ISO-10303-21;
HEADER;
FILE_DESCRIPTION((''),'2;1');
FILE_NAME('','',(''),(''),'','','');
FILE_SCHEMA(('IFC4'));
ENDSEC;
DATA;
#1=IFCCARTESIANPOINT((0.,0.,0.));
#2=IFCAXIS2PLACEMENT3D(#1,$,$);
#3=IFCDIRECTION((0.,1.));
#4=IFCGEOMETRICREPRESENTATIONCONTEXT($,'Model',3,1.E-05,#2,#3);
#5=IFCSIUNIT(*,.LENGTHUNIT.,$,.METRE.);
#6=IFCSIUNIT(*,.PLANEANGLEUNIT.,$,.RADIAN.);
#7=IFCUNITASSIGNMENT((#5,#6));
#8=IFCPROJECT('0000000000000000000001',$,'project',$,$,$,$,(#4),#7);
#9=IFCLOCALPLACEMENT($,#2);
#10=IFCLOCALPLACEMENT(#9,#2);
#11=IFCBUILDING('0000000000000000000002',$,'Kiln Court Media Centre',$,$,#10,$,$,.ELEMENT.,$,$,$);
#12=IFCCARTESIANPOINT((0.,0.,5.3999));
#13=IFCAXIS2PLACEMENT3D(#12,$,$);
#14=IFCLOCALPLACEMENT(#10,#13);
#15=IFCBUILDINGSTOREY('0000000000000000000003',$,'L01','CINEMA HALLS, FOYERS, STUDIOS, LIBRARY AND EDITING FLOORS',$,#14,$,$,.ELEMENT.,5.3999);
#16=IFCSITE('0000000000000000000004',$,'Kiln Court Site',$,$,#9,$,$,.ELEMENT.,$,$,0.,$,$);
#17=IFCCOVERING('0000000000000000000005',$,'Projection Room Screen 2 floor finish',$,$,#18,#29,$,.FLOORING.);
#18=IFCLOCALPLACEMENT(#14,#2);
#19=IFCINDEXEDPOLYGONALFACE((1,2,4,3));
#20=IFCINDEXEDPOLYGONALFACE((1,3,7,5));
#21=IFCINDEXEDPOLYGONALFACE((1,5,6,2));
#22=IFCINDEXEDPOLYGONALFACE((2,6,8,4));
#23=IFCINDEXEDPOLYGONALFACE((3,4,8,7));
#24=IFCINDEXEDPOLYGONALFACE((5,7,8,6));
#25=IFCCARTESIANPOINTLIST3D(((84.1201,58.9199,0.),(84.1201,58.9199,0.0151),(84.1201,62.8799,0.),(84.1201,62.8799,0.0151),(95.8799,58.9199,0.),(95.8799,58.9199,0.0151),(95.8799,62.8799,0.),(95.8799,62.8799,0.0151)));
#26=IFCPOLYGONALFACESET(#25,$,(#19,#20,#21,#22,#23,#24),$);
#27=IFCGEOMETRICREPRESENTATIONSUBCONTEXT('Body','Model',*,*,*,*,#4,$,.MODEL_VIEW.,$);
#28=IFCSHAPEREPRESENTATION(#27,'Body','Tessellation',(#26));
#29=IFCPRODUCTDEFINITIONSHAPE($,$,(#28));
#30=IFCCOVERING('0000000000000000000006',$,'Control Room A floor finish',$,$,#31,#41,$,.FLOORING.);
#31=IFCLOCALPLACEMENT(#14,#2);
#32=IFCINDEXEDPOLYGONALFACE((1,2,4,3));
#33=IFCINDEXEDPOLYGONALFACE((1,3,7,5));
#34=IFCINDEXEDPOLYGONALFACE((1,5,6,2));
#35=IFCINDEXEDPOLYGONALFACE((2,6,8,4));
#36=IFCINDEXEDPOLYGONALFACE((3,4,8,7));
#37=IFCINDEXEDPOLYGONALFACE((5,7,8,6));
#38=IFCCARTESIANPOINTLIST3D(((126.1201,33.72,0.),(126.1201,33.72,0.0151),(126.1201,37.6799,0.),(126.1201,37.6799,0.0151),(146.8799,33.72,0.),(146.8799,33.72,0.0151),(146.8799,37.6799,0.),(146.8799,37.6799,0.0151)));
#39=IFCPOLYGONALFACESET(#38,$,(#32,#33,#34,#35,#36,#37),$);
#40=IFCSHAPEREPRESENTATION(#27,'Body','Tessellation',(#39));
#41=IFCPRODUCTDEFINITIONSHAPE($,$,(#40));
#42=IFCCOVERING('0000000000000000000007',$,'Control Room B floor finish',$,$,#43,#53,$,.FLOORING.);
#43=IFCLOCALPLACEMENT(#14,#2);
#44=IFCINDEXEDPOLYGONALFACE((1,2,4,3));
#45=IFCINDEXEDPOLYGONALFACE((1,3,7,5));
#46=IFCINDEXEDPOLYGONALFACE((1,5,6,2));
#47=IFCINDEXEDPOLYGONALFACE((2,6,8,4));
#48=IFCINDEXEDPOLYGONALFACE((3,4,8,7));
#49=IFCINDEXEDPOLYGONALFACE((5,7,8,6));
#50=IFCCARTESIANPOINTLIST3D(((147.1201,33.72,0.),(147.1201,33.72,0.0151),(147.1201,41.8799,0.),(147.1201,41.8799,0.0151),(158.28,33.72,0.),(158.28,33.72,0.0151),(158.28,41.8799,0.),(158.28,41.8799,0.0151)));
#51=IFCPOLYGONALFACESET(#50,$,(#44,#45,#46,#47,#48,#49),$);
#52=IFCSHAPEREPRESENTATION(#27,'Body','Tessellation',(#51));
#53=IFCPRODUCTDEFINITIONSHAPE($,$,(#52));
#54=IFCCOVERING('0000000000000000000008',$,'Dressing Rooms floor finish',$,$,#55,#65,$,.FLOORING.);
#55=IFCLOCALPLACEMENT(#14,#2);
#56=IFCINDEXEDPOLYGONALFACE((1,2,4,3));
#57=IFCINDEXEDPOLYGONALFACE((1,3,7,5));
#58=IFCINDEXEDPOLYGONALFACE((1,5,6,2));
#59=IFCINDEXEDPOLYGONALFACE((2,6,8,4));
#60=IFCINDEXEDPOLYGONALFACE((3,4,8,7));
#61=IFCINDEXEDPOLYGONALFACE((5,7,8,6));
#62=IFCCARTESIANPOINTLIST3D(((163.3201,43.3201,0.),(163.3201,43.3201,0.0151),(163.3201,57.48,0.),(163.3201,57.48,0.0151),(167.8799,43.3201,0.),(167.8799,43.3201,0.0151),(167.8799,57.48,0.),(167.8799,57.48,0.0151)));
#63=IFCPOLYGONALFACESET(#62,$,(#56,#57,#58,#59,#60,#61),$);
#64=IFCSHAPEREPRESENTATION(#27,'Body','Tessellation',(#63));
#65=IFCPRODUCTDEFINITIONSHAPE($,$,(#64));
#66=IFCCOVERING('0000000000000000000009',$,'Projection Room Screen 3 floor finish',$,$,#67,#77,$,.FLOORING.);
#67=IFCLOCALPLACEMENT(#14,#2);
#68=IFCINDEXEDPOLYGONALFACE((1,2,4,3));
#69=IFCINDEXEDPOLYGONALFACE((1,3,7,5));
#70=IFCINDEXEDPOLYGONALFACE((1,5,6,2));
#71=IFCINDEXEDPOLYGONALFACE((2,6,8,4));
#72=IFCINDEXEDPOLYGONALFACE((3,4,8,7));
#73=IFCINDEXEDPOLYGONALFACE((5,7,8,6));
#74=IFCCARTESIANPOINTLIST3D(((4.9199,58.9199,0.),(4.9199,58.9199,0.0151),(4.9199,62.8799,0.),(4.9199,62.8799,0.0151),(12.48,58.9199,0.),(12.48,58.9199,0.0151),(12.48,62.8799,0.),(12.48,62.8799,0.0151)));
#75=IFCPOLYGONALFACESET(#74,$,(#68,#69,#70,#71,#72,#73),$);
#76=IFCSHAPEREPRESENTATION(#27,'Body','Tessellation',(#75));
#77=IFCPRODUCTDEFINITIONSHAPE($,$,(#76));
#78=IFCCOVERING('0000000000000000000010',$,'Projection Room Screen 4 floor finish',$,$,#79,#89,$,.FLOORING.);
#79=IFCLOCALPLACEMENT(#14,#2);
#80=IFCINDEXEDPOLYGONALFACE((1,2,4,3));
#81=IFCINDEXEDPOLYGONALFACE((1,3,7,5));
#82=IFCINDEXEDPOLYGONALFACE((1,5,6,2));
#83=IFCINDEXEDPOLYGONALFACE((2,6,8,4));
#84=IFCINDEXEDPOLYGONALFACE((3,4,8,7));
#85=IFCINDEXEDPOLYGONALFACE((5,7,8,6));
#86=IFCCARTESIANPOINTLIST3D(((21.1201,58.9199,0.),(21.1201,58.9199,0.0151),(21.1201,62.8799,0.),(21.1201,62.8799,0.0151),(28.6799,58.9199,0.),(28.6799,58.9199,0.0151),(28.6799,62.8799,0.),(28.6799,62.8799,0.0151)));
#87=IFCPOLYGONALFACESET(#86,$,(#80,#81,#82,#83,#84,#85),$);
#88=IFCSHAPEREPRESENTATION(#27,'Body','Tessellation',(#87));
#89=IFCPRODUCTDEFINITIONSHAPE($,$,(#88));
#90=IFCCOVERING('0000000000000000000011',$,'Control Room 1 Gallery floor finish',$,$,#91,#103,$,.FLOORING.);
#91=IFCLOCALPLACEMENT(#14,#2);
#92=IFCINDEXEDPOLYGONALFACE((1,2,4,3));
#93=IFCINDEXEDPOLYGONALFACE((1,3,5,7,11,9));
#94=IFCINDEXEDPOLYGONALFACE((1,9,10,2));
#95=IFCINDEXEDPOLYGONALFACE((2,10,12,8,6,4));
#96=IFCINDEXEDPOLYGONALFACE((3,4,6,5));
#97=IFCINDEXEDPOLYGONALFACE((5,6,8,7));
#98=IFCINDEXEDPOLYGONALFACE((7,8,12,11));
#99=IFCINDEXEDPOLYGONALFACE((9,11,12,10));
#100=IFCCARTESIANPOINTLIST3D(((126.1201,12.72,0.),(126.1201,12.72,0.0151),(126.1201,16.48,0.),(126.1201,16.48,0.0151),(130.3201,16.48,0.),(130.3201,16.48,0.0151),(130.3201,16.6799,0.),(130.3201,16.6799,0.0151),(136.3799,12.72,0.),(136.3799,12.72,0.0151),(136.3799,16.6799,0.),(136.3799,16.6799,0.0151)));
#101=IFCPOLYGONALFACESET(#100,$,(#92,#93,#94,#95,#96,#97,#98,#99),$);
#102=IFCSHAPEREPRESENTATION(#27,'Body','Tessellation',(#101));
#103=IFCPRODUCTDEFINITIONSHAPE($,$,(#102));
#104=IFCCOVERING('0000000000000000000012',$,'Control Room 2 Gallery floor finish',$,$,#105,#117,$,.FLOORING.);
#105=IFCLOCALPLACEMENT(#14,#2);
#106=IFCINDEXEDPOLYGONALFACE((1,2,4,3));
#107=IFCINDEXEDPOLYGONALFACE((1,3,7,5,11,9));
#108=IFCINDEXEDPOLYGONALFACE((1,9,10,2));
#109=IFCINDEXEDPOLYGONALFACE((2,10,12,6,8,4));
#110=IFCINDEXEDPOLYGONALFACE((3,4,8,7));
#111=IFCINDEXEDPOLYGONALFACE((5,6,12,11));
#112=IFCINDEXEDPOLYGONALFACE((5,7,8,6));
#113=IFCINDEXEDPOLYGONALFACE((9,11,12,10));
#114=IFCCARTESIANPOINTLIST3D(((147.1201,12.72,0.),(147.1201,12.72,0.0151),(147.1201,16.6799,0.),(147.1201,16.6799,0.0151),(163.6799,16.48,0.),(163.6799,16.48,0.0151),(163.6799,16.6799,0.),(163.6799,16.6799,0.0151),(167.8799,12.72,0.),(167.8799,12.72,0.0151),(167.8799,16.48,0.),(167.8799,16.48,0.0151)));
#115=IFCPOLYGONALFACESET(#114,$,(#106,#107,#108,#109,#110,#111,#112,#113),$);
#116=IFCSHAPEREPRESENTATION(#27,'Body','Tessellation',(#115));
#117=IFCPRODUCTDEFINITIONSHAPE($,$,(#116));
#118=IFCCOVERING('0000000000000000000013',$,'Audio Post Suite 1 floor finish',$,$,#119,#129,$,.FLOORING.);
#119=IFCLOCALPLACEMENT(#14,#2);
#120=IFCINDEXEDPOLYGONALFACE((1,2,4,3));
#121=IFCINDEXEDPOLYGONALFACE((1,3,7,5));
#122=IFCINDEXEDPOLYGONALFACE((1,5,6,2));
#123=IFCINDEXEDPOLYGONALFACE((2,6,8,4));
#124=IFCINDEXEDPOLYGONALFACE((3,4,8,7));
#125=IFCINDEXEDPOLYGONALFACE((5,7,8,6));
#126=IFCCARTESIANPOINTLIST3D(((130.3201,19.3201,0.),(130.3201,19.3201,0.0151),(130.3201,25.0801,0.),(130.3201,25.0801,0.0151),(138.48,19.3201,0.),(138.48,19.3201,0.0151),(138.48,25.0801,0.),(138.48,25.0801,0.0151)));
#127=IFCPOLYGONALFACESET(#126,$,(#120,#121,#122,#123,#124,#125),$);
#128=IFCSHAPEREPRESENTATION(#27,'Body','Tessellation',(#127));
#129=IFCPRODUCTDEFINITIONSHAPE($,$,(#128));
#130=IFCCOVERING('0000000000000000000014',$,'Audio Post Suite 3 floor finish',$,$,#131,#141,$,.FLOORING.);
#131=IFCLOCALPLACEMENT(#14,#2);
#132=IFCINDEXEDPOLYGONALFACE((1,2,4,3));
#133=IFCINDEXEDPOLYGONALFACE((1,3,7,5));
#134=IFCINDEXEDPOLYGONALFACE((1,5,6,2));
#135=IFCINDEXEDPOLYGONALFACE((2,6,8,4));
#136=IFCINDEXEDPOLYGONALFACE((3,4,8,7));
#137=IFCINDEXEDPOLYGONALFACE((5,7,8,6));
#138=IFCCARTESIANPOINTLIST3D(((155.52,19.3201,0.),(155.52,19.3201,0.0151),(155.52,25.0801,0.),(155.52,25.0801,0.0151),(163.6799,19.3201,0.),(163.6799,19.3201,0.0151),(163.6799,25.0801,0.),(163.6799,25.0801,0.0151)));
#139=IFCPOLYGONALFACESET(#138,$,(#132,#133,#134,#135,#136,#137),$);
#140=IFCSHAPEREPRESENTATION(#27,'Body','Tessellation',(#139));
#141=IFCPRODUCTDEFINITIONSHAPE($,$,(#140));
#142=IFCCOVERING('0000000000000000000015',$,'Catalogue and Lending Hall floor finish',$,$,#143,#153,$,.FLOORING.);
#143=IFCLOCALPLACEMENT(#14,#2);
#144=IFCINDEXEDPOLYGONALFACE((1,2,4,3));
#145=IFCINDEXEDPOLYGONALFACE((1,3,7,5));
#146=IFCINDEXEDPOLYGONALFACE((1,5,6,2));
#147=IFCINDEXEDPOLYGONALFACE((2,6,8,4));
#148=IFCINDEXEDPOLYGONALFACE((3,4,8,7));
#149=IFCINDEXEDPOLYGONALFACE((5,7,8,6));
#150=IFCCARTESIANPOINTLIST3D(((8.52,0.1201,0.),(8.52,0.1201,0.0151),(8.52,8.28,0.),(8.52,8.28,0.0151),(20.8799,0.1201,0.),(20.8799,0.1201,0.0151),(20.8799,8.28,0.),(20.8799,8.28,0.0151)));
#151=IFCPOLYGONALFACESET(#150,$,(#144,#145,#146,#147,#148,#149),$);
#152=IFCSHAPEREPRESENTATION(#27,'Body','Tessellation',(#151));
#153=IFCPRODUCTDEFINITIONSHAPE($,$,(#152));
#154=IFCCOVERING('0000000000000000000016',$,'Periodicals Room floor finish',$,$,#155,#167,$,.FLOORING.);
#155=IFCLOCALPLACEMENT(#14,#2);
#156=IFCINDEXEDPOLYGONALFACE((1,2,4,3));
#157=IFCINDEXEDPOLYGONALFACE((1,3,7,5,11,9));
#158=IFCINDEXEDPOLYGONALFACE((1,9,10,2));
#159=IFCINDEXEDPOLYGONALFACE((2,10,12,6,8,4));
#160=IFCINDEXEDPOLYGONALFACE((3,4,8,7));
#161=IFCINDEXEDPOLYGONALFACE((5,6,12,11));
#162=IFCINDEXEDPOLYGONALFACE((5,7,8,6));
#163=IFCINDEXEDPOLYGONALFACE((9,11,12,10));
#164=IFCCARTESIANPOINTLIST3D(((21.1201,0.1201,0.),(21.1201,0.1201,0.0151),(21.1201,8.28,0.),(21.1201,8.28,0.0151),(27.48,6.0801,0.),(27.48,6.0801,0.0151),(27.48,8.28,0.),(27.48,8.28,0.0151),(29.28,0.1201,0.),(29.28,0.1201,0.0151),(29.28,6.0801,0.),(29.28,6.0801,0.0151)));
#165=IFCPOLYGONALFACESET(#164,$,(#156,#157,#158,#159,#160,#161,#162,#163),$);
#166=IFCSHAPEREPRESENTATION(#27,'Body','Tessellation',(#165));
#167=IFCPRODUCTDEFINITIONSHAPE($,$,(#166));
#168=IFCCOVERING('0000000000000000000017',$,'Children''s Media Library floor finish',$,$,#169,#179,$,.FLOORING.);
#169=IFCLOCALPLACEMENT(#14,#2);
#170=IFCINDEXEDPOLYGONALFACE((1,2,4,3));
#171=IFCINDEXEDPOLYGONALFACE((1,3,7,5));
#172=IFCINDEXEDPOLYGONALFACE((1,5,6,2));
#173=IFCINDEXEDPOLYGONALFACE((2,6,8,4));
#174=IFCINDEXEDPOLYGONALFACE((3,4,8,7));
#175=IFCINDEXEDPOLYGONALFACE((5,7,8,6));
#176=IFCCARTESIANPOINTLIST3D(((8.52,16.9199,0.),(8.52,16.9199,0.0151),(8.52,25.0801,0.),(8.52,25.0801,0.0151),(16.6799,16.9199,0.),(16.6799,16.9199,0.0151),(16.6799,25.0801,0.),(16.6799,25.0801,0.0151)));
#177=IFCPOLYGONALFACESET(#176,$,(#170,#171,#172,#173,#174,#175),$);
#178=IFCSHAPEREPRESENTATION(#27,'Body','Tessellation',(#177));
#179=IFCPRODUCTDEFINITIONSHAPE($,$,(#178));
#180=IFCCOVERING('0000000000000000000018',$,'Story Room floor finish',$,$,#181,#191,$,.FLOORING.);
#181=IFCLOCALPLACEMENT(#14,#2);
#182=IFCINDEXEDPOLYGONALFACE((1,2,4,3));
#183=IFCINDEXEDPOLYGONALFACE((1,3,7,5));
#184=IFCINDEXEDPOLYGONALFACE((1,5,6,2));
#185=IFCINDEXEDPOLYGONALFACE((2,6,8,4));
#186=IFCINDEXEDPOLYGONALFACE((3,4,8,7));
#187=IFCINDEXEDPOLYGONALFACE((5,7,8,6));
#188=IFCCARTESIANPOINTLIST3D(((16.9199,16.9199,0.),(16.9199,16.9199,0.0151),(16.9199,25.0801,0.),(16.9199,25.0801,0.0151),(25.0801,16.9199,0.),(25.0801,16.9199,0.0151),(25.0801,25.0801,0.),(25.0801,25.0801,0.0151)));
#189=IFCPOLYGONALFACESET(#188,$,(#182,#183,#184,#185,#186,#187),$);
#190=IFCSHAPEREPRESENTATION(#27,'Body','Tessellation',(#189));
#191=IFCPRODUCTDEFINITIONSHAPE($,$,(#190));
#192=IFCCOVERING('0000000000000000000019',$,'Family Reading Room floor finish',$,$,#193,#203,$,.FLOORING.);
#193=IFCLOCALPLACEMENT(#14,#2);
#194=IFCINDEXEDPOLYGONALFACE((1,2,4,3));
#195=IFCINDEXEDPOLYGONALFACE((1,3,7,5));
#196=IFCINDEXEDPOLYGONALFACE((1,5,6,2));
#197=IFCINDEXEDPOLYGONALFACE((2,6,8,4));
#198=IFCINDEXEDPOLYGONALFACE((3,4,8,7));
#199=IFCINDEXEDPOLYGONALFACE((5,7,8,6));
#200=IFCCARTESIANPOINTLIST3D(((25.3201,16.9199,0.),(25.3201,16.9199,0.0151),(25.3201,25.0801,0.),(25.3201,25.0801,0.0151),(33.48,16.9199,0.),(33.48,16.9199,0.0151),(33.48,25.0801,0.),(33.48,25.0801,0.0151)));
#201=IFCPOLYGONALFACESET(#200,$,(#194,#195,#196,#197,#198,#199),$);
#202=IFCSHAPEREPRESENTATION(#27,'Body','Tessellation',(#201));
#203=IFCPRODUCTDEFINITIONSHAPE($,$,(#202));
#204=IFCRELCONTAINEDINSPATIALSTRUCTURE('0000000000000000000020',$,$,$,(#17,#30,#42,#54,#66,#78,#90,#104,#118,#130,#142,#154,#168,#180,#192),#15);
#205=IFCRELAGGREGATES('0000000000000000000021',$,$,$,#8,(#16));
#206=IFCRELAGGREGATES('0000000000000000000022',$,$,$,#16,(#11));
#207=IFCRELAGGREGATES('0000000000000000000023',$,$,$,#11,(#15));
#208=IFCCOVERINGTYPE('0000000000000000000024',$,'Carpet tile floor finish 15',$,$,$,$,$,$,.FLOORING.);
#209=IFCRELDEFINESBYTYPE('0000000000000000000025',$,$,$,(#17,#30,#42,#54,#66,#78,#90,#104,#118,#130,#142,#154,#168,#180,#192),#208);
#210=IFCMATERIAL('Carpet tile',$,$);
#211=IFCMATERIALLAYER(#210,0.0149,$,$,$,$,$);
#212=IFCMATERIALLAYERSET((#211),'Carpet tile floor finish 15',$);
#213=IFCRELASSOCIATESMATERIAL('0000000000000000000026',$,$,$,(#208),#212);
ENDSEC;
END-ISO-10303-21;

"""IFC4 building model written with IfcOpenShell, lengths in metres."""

from ifc_helpers import new_model, si_unit, direction, frame, origin, place, context, subcontext, project, spatial, polyline, outline, extrude, material, layer, layer_set, type_object, element, save


model = new_model("IFC4")

# Units and contexts
model_context = context("Model", 3, precision=1e-05, world=origin(), true_north=direction((0.0, 1.0)))
body_context = subcontext(model_context, "Body", "Model", "MODEL_VIEW")
ifc_project = project(units=[si_unit("LENGTHUNIT", "METRE"), si_unit("PLANEANGLEUNIT", "RADIAN")], contexts=[model_context])

# Site, building, storey
site_placement = place(None, origin())
site = spatial("IfcSite", under=ifc_project, at=site_placement, Name="Kiln Court Site", CompositionType="ELEMENT", RefElevation=0.0)
building_placement = place(site_placement, origin())
building = spatial("IfcBuilding", under=site, at=building_placement, Name="Kiln Court Media Centre", CompositionType="ELEMENT")
storey_placement = place(building_placement, frame((0.0, 0.0, 5.3999)))
storey = spatial("IfcBuildingStorey", under=building, at=storey_placement, Name="L01", Description="CINEMA HALLS, FOYERS, STUDIOS, LIBRARY AND EDITING FLOORS", CompositionType="ELEMENT", Elevation=5.3999)

# Coverings
ifc_material_1 = material(Name="Carpet tile")
ifc_layer_1 = layer(ifc_material_1, 0.0149)
ifc_layer_set_1 = layer_set([ifc_layer_1], Name="Carpet tile floor finish 15")
covering_type_1 = type_object("IfcCoveringType", Name="Carpet tile floor finish 15", PredefinedType="FLOORING", material=ifc_layer_set_1)
covering_1_placement = place(storey_placement, origin())
element("IfcCovering", 1, at=covering_1_placement, inside=storey, type_object=covering_type_1, Name="Projection Room Screen 2 floor finish", PredefinedType="FLOORING", context=body_context, shape_type="SweptSolid", body=[
    extrude(outline(polyline([(84.1201, 58.9199), (95.8799, 58.9199), (95.8799, 62.8799), (84.1201, 62.8799), (84.1201, 58.9199)])), origin(), (0.0, 0.0, 1.0), 0.0151),
])
covering_2_placement = place(storey_placement, origin())
element("IfcCovering", 2, at=covering_2_placement, inside=storey, type_object=covering_type_1, Name="Control Room A floor finish", PredefinedType="FLOORING", context=body_context, shape_type="SweptSolid", body=[
    extrude(outline(polyline([(126.1201, 33.72), (146.8799, 33.72), (146.8799, 37.6799), (126.1201, 37.6799), (126.1201, 33.72)])), origin(), (0.0, 0.0, 1.0), 0.0151),
])
covering_3_placement = place(storey_placement, origin())
element("IfcCovering", 3, at=covering_3_placement, inside=storey, type_object=covering_type_1, Name="Control Room B floor finish", PredefinedType="FLOORING", context=body_context, shape_type="SweptSolid", body=[
    extrude(outline(polyline([(147.1201, 33.72), (158.28, 33.72), (158.28, 41.8799), (147.1201, 41.8799), (147.1201, 33.72)])), origin(), (0.0, 0.0, 1.0), 0.0151),
])
covering_4_placement = place(storey_placement, origin())
element("IfcCovering", 4, at=covering_4_placement, inside=storey, type_object=covering_type_1, Name="Dressing Rooms floor finish", PredefinedType="FLOORING", context=body_context, shape_type="SweptSolid", body=[
    extrude(outline(polyline([(167.8799, 43.3201), (167.8799, 57.48), (163.3201, 57.48), (163.3201, 43.3201), (167.8799, 43.3201)])), origin(), (0.0, 0.0, 1.0), 0.0151),
])
covering_5_placement = place(storey_placement, origin())
element("IfcCovering", 5, at=covering_5_placement, inside=storey, type_object=covering_type_1, Name="Projection Room Screen 3 floor finish", PredefinedType="FLOORING", context=body_context, shape_type="SweptSolid", body=[
    extrude(outline(polyline([(12.48, 62.8799), (4.9199, 62.8799), (4.9199, 58.9199), (12.48, 58.9199), (12.48, 62.8799)])), origin(), (0.0, 0.0, 1.0), 0.0151),
])
covering_6_placement = place(storey_placement, origin())
element("IfcCovering", 6, at=covering_6_placement, inside=storey, type_object=covering_type_1, Name="Projection Room Screen 4 floor finish", PredefinedType="FLOORING", context=body_context, shape_type="SweptSolid", body=[
    extrude(outline(polyline([(21.1201, 58.9199), (28.6799, 58.9199), (28.6799, 62.8799), (21.1201, 62.8799), (21.1201, 58.9199)])), origin(), (0.0, 0.0, 1.0), 0.0151),
])
covering_7_placement = place(storey_placement, origin())
element("IfcCovering", 7, at=covering_7_placement, inside=storey, type_object=covering_type_1, Name="Control Room 1 Gallery floor finish", PredefinedType="FLOORING", context=body_context, shape_type="SweptSolid", body=[
    extrude(outline(polyline([(136.3799, 16.6799), (130.3201, 16.6799), (130.3201, 16.48), (126.1201, 16.48), (126.1201, 12.72), (136.3799, 12.72), (136.3799, 16.6799)])), origin(), (0.0, 0.0, 1.0), 0.0151),
])
covering_8_placement = place(storey_placement, origin())
element("IfcCovering", 8, at=covering_8_placement, inside=storey, type_object=covering_type_1, Name="Control Room 2 Gallery floor finish", PredefinedType="FLOORING", context=body_context, shape_type="SweptSolid", body=[
    extrude(outline(polyline([(167.8799, 12.72), (167.8799, 16.48), (163.6799, 16.48), (163.6799, 16.6799), (147.1201, 16.6799), (147.1201, 12.72), (167.8799, 12.72)])), origin(), (0.0, 0.0, 1.0), 0.0151),
])
covering_9_placement = place(storey_placement, origin())
element("IfcCovering", 9, at=covering_9_placement, inside=storey, type_object=covering_type_1, Name="Audio Post Suite 1 floor finish", PredefinedType="FLOORING", context=body_context, shape_type="SweptSolid", body=[
    extrude(outline(polyline([(130.3201, 19.3201), (138.48, 19.3201), (138.48, 25.0801), (130.3201, 25.0801), (130.3201, 19.3201)])), origin(), (0.0, 0.0, 1.0), 0.0151),
])
covering_10_placement = place(storey_placement, origin())
element("IfcCovering", 10, at=covering_10_placement, inside=storey, type_object=covering_type_1, Name="Audio Post Suite 3 floor finish", PredefinedType="FLOORING", context=body_context, shape_type="SweptSolid", body=[
    extrude(outline(polyline([(155.52, 19.3201), (163.6799, 19.3201), (163.6799, 25.0801), (155.52, 25.0801), (155.52, 19.3201)])), origin(), (0.0, 0.0, 1.0), 0.0151),
])
covering_11_placement = place(storey_placement, origin())
element("IfcCovering", 11, at=covering_11_placement, inside=storey, type_object=covering_type_1, Name="Catalogue and Lending Hall floor finish", PredefinedType="FLOORING", context=body_context, shape_type="SweptSolid", body=[
    extrude(outline(polyline([(8.52, 0.1201), (20.8799, 0.1201), (20.8799, 8.28), (8.52, 8.28), (8.52, 0.1201)])), origin(), (0.0, 0.0, 1.0), 0.0151),
])
covering_12_placement = place(storey_placement, origin())
element("IfcCovering", 12, at=covering_12_placement, inside=storey, type_object=covering_type_1, Name="Periodicals Room floor finish", PredefinedType="FLOORING", context=body_context, shape_type="SweptSolid", body=[
    extrude(outline(polyline([(29.28, 0.1201), (29.28, 6.0801), (27.48, 6.0801), (27.48, 8.28), (21.1201, 8.28), (21.1201, 0.1201), (29.28, 0.1201)])), origin(), (0.0, 0.0, 1.0), 0.0151),
])
covering_13_placement = place(storey_placement, origin())
element("IfcCovering", 13, at=covering_13_placement, inside=storey, type_object=covering_type_1, Name="Children's Media Library floor finish", PredefinedType="FLOORING", context=body_context, shape_type="SweptSolid", body=[
    extrude(outline(polyline([(8.52, 16.9199), (16.6799, 16.9199), (16.6799, 25.0801), (8.52, 25.0801), (8.52, 16.9199)])), origin(), (0.0, 0.0, 1.0), 0.0151),
])
covering_14_placement = place(storey_placement, origin())
element("IfcCovering", 14, at=covering_14_placement, inside=storey, type_object=covering_type_1, Name="Story Room floor finish", PredefinedType="FLOORING", context=body_context, shape_type="SweptSolid", body=[
    extrude(outline(polyline([(16.9199, 16.9199), (25.0801, 16.9199), (25.0801, 25.0801), (16.9199, 25.0801), (16.9199, 16.9199)])), origin(), (0.0, 0.0, 1.0), 0.0151),
])
covering_15_placement = place(storey_placement, origin())
element("IfcCovering", 15, at=covering_15_placement, inside=storey, type_object=covering_type_1, Name="Family Reading Room floor finish", PredefinedType="FLOORING", context=body_context, shape_type="SweptSolid", body=[
    extrude(outline(polyline([(25.3201, 16.9199), (33.48, 16.9199), (33.48, 25.0801), (25.3201, 25.0801), (25.3201, 16.9199)])), origin(), (0.0, 0.0, 1.0), 0.0151),
])

save(model, "model.ifc")
